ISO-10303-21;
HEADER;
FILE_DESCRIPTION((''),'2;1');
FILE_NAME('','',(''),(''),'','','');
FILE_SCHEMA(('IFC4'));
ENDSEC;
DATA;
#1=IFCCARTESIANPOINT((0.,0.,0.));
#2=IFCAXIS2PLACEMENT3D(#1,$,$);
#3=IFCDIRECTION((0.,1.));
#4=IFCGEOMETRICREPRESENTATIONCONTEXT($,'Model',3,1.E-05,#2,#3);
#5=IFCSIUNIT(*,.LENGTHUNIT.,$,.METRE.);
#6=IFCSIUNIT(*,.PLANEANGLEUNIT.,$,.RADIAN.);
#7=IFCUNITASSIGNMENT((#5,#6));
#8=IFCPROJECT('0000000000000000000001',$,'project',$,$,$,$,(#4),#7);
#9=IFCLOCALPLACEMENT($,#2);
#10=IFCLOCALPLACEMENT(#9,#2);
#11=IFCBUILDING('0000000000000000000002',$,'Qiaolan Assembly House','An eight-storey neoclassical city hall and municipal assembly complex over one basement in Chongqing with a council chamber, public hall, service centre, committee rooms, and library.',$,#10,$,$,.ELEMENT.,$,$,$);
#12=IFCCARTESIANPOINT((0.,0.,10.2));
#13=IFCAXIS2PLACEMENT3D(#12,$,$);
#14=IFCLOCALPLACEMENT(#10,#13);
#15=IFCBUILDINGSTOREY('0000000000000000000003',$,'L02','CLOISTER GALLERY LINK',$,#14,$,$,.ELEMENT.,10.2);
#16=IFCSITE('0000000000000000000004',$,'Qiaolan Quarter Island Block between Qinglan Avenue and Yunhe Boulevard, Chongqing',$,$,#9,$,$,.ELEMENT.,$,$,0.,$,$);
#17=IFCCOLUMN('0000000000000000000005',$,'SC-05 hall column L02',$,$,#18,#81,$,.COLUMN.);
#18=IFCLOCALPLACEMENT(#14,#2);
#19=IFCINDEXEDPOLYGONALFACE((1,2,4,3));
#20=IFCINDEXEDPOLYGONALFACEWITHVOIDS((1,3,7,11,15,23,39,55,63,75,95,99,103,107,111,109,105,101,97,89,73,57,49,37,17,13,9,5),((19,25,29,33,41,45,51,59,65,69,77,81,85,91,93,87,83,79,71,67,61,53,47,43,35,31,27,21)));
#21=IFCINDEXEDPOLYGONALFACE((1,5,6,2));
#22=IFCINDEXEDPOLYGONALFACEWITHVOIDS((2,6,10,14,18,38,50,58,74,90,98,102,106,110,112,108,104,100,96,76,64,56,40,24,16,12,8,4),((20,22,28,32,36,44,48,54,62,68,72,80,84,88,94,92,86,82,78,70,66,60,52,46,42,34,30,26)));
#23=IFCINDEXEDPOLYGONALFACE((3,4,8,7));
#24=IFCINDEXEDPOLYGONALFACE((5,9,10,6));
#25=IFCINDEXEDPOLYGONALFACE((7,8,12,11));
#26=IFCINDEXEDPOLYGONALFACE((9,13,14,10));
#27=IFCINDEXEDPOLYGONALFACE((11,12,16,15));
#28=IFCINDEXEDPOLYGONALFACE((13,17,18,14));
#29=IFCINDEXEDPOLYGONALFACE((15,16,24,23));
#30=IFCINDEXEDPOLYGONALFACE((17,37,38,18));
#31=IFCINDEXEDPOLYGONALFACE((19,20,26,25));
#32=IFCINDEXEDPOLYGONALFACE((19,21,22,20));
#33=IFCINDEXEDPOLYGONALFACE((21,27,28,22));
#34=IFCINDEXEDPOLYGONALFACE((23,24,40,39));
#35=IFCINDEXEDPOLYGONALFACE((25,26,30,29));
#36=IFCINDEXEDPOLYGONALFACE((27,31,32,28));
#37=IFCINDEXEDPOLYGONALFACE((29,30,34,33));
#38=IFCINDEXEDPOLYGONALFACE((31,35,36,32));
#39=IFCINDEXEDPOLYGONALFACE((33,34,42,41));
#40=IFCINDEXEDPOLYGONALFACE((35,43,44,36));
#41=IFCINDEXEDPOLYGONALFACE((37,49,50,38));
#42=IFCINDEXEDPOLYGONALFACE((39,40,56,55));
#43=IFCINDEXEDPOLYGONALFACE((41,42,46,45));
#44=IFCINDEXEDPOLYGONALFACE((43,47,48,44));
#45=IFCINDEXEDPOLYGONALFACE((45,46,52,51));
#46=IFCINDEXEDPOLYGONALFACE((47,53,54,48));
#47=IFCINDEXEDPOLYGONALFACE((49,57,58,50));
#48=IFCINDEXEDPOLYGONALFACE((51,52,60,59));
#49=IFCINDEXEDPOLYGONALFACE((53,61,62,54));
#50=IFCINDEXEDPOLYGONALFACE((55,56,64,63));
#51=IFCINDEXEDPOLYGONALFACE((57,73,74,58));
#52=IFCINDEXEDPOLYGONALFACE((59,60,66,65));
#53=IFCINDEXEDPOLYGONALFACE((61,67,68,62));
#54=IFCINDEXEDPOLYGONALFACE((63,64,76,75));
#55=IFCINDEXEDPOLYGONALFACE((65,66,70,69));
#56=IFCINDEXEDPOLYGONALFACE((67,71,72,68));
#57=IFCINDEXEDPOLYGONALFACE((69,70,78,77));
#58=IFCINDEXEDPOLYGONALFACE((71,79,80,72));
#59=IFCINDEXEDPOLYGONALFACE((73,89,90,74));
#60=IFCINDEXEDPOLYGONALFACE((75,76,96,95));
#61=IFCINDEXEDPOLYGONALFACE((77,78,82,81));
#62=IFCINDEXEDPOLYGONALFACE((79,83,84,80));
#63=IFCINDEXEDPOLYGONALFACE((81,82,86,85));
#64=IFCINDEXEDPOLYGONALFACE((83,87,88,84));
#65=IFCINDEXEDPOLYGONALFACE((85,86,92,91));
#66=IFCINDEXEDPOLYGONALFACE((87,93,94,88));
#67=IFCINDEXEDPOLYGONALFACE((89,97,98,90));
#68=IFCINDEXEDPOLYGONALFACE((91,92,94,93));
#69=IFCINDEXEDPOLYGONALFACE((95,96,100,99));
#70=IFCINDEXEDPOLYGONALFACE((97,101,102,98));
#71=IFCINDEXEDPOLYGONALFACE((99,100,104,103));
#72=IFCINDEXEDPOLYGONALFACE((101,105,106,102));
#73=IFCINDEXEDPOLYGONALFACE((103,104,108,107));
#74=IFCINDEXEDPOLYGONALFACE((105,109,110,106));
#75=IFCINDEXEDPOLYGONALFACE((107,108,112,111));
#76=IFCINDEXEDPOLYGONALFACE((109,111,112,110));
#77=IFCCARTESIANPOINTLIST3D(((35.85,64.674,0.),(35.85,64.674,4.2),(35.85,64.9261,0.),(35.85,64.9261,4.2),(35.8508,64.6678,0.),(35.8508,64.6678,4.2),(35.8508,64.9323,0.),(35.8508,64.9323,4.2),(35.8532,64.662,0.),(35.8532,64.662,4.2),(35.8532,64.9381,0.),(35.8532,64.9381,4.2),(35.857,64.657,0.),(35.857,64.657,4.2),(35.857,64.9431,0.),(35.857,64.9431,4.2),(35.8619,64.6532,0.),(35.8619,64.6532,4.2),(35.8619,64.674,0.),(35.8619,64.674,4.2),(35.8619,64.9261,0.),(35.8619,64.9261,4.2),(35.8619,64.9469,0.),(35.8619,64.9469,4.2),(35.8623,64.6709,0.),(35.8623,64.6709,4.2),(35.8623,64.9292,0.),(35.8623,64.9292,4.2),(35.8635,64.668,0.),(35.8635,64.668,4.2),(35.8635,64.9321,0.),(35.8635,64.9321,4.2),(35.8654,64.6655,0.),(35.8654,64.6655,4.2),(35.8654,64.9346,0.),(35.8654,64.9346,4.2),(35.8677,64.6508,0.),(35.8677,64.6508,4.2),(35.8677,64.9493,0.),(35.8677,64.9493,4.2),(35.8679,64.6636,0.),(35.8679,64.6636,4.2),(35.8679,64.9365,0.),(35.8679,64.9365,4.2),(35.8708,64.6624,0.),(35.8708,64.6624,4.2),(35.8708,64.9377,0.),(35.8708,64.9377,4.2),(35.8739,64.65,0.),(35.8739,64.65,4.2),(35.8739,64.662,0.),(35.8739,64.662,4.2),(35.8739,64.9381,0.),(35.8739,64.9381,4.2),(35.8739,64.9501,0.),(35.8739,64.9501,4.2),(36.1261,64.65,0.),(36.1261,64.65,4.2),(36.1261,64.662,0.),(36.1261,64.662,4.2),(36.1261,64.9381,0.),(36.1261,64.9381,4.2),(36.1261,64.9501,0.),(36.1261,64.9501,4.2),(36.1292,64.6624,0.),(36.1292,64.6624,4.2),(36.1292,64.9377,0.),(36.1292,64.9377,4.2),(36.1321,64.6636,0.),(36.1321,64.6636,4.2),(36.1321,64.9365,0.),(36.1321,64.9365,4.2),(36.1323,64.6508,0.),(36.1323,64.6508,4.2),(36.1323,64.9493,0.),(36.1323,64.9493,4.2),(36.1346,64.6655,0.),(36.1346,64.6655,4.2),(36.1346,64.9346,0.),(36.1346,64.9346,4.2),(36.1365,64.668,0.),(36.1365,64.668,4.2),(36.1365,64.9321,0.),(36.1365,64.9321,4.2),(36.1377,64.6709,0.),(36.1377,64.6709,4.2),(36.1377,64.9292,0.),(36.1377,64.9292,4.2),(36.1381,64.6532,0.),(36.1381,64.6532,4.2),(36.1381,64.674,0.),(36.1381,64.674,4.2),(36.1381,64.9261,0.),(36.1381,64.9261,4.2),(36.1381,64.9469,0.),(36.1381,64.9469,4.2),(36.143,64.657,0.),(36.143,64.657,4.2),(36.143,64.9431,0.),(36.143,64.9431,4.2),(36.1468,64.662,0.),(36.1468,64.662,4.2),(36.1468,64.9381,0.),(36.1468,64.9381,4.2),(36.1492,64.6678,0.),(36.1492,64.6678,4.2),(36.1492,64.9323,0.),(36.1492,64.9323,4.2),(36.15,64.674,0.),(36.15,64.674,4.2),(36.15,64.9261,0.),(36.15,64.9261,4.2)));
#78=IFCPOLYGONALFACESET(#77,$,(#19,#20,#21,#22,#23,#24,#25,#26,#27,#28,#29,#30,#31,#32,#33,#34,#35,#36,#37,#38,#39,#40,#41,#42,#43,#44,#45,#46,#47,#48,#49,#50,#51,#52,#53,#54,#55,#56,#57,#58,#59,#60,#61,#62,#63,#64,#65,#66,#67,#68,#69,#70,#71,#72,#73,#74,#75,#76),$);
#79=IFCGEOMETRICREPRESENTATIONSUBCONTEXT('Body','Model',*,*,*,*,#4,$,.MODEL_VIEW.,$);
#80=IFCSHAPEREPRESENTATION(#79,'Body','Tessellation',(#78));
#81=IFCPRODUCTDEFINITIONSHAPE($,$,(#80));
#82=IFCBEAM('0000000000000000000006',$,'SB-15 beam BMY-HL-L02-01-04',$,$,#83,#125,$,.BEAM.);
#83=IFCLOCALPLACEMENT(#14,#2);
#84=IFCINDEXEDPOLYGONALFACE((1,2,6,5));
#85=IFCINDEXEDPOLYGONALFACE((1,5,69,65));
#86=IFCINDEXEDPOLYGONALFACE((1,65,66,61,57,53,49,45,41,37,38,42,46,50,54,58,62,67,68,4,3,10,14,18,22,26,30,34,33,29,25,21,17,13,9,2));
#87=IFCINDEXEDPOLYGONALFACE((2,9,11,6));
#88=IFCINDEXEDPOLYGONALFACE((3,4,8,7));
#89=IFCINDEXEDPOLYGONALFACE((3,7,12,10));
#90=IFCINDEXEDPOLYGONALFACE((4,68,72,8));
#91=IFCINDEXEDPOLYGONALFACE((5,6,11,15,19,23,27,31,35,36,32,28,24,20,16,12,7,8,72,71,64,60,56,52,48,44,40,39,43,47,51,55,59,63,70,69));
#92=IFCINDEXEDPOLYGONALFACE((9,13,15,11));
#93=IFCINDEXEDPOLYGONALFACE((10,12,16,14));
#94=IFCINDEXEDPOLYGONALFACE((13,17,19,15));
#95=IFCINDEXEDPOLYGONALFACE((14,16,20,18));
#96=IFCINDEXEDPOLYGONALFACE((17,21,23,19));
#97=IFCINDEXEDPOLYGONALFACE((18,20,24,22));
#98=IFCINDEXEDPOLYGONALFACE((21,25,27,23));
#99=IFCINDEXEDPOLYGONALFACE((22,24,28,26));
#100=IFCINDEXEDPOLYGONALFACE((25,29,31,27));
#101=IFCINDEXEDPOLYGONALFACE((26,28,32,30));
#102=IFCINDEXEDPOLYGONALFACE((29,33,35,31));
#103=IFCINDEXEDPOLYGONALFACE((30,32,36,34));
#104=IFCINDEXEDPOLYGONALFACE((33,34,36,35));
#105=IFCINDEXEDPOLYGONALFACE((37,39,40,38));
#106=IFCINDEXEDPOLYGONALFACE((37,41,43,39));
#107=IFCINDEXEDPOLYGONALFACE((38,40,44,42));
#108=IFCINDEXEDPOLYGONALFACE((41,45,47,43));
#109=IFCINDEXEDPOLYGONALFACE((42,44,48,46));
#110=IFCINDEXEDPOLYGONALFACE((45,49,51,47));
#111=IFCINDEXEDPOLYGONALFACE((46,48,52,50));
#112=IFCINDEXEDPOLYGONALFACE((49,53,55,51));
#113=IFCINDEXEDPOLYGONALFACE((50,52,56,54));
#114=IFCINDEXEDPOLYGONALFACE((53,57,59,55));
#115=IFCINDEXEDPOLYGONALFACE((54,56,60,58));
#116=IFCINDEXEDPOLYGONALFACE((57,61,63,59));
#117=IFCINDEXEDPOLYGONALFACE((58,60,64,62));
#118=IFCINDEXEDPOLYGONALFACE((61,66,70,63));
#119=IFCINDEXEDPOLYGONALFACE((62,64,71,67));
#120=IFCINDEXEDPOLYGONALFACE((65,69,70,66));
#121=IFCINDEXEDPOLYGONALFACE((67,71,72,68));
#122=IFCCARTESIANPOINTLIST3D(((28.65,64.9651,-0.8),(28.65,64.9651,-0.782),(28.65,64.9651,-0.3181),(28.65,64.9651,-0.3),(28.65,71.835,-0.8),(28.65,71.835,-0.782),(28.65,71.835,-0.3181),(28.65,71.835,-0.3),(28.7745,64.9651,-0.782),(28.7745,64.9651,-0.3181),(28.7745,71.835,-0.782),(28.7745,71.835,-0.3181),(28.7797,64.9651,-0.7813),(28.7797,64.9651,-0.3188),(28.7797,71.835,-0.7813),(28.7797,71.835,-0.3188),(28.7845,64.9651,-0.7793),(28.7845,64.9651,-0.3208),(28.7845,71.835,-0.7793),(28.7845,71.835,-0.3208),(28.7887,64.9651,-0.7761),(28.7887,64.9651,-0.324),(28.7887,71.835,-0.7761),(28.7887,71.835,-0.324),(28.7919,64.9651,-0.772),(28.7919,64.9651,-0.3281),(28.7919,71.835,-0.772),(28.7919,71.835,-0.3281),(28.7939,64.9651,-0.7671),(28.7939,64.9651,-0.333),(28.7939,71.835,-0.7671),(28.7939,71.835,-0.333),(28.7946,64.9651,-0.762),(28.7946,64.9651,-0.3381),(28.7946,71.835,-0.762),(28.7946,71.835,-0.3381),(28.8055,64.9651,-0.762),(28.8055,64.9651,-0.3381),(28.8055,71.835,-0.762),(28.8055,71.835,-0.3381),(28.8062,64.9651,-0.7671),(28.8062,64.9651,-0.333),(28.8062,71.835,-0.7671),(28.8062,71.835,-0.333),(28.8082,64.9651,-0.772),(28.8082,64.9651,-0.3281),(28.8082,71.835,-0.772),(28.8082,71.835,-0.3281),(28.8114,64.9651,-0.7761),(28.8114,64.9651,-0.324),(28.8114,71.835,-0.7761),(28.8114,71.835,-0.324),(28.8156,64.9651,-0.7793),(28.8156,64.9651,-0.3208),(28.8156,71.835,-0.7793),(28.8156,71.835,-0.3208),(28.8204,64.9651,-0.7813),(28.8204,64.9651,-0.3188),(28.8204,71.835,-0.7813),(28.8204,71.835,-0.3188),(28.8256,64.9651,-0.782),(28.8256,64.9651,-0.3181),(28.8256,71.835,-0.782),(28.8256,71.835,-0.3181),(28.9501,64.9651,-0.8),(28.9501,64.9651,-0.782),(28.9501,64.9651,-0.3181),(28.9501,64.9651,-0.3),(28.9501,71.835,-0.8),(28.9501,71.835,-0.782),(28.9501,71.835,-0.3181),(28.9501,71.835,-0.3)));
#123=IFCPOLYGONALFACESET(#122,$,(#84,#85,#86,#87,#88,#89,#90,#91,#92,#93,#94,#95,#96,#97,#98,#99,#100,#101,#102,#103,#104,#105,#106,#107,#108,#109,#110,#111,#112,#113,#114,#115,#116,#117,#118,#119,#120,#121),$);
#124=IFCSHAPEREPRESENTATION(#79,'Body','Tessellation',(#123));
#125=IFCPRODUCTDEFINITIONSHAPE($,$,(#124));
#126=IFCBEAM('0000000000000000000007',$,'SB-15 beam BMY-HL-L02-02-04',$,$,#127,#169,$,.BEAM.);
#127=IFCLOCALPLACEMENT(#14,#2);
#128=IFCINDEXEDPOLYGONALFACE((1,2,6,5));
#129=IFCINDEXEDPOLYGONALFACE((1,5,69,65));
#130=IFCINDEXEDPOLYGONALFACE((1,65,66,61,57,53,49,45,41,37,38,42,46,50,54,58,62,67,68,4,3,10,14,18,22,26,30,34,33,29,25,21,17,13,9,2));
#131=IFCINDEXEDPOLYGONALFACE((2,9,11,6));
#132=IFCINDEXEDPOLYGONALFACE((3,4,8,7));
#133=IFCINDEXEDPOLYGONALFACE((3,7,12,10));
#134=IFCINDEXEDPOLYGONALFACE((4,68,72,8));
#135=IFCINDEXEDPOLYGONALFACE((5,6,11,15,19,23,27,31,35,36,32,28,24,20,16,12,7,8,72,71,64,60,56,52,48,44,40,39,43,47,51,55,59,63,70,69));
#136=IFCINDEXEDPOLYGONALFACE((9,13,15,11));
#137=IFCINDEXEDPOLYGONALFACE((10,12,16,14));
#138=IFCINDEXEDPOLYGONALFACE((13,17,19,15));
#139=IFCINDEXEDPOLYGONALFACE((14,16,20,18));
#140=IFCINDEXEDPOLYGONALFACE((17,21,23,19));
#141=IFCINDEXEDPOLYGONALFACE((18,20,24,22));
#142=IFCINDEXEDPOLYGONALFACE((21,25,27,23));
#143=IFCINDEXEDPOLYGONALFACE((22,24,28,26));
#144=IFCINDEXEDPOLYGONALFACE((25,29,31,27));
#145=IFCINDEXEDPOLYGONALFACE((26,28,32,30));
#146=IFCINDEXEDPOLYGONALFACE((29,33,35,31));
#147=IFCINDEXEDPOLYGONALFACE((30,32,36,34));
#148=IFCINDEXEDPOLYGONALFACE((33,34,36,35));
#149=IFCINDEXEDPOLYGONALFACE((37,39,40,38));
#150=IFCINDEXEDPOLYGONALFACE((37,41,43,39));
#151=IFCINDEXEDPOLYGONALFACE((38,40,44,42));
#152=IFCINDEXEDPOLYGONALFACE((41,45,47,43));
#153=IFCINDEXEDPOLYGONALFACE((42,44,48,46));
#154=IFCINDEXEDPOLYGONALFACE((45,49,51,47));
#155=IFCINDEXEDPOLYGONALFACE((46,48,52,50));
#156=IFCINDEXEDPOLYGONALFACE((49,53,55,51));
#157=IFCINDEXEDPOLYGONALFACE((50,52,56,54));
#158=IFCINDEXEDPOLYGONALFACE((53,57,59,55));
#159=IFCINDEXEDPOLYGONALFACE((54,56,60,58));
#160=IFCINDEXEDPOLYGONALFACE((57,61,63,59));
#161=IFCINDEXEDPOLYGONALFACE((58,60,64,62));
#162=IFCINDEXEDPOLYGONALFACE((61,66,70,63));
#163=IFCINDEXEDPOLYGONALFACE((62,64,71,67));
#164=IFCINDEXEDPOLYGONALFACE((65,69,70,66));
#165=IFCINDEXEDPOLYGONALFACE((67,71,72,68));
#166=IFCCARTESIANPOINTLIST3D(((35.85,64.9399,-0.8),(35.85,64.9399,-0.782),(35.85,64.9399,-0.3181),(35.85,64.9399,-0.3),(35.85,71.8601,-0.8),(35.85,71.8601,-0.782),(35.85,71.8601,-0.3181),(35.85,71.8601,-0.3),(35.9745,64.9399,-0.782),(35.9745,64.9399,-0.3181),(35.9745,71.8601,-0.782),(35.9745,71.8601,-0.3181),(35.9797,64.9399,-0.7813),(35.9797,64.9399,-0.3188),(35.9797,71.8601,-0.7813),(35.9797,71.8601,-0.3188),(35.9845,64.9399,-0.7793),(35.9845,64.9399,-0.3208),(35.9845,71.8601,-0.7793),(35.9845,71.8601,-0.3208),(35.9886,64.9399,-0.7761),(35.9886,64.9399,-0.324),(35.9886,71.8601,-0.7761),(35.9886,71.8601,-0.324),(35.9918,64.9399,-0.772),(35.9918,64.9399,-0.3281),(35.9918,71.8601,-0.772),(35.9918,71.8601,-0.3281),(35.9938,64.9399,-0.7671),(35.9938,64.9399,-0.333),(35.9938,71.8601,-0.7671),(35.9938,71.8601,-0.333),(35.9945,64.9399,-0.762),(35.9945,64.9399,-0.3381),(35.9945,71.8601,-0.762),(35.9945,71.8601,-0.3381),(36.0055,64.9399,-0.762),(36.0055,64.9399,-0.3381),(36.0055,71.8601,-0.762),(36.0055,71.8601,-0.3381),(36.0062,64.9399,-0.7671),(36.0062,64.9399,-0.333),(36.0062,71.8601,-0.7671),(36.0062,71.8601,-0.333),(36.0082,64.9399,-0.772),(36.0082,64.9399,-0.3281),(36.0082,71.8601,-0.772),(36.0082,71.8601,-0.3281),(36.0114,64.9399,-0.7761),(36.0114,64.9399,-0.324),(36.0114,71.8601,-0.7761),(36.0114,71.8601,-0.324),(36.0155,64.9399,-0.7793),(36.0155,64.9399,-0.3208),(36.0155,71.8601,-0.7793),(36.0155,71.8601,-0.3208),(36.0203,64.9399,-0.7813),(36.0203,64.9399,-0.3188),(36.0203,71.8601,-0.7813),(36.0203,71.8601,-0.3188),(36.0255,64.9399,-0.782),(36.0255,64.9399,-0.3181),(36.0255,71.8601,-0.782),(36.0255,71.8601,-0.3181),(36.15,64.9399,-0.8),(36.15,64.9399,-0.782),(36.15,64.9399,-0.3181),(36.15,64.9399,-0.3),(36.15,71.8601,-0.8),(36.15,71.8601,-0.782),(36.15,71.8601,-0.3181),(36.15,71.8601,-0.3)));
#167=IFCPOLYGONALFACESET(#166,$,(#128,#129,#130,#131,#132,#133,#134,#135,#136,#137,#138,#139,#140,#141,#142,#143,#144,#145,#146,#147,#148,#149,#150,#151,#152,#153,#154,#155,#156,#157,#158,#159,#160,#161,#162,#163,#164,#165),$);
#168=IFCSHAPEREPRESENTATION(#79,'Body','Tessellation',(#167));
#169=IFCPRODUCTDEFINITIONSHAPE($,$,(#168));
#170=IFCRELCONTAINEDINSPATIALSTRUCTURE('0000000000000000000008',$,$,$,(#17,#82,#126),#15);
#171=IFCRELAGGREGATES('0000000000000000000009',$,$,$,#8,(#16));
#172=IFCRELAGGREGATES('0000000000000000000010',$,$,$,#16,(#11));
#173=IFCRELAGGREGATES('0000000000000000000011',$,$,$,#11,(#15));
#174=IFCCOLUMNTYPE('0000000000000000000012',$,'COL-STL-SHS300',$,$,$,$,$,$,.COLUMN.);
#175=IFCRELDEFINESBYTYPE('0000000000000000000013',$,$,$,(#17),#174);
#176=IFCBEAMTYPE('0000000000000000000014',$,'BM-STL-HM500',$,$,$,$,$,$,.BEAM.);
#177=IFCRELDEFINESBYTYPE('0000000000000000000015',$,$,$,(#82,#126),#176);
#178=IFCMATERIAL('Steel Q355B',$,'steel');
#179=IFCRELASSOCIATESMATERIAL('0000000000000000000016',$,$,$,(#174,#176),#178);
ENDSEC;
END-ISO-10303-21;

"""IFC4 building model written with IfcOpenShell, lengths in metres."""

from ifc_helpers import new_model, si_unit, direction, frame, origin, origin_2d, place, context, subcontext, project, spatial, hollow_rectangle, i_section, extrude, material, material_profile, profile_set, type_object, element, save


model = new_model("IFC4")

# Units and contexts
model_context = context("Model", 3, precision=1e-05, world=origin(), true_north=direction((0.0, 1.0)))
body_context = subcontext(model_context, "Body", "Model", "MODEL_VIEW")
ifc_project = project(units=[si_unit("LENGTHUNIT", "METRE"), si_unit("PLANEANGLEUNIT", "RADIAN")], contexts=[model_context])

# Site, building, storey
site_placement = place(None, origin())
site = spatial("IfcSite", under=ifc_project, at=site_placement, Name="Qiaolan Quarter Island Block between Qinglan Avenue and Yunhe Boulevard, Chongqing", CompositionType="ELEMENT", RefElevation=0.0)
building_placement = place(site_placement, origin())
building = spatial("IfcBuilding", under=site, at=building_placement, Name="Qiaolan Assembly House", Description="An eight-storey neoclassical city hall and municipal assembly complex over one basement in Chongqing with a council chamber, public hall, service centre, committee rooms, and library.", CompositionType="ELEMENT")
storey_placement = place(building_placement, frame((0.0, 0.0, 10.2)))
storey = spatial("IfcBuildingStorey", under=building, at=storey_placement, Name="L02", Description="CLOISTER GALLERY LINK", CompositionType="ELEMENT", Elevation=10.2)

# Column
ifc_material_1 = material(Name="Steel Q355B", Category="steel")
ifc_material_profile_1 = material_profile(ifc_material_1, hollow_rectangle(XDim=0.3, YDim=0.3, WallThickness=0.012, InnerFilletRadius=0.012, OuterFilletRadius=0.0239, at=origin_2d()), Name="SHS 300x300x12")
ifc_profile_set_1 = profile_set([ifc_material_profile_1], Name="Steel Q355B")
column_type = type_object("IfcColumnType", Name="COL-STL-SHS300", PredefinedType="COLUMN", material=ifc_profile_set_1)
column_placement = place(storey_placement, frame((36.0, 64.8, 0.0), z_axis=(0.0, 0.0, 1.0), x_axis=(1.0, 0.0, 0.0)))
element("IfcColumn", 1, at=column_placement, inside=storey, type_object=column_type, Name="SC-05 hall column L02", PredefinedType="COLUMN", context=body_context, shape_type="SweptSolid", body=[
    extrude(hollow_rectangle(XDim=0.3, YDim=0.3, WallThickness=0.012, InnerFilletRadius=0.012, OuterFilletRadius=0.0239, at=origin_2d()), origin(), (0.0, 0.0, 1.0), 4.2),
])

# Beams
ifc_material_profile_2 = material_profile(ifc_material_1, i_section(OverallWidth=0.3, OverallDepth=0.5, WebThickness=0.011, FlangeThickness=0.0181, FilletRadius=0.02, at=origin_2d()), Name="HM 500x300x11x18")
ifc_profile_set_2 = profile_set([ifc_material_profile_2], Name="Steel Q355B")
beam_type_1 = type_object("IfcBeamType", Name="BM-STL-HM500", PredefinedType="BEAM", material=ifc_profile_set_2)
beam_1_placement = place(storey_placement, frame((28.8, 64.9651, -0.55), z_axis=(0.0, 1.0, 0.0), x_axis=(-1.0, 0.0, 0.0)))
element("IfcBeam", 2, at=beam_1_placement, inside=storey, type_object=beam_type_1, Name="SB-15 beam BMY-HL-L02-01-04", PredefinedType="BEAM", context=body_context, shape_type="SweptSolid", body=[
    extrude(i_section(OverallWidth=0.3, OverallDepth=0.5, WebThickness=0.011, FlangeThickness=0.0181, FilletRadius=0.02, at=origin_2d()), origin(), (0.0, 0.0, 1.0), 6.8699),
])
beam_2_placement = place(storey_placement, frame((36.0, 64.9399, -0.55), z_axis=(0.0, 1.0, 0.0), x_axis=(-1.0, 0.0, 0.0)))
element("IfcBeam", 3, at=beam_2_placement, inside=storey, type_object=beam_type_1, Name="SB-15 beam BMY-HL-L02-02-04", PredefinedType="BEAM", context=body_context, shape_type="SweptSolid", body=[
    extrude(i_section(OverallWidth=0.3, OverallDepth=0.5, WebThickness=0.011, FlangeThickness=0.0181, FilletRadius=0.02, at=origin_2d()), origin(), (0.0, 0.0, 1.0), 6.9202),
])

save(model, "model.ifc")
